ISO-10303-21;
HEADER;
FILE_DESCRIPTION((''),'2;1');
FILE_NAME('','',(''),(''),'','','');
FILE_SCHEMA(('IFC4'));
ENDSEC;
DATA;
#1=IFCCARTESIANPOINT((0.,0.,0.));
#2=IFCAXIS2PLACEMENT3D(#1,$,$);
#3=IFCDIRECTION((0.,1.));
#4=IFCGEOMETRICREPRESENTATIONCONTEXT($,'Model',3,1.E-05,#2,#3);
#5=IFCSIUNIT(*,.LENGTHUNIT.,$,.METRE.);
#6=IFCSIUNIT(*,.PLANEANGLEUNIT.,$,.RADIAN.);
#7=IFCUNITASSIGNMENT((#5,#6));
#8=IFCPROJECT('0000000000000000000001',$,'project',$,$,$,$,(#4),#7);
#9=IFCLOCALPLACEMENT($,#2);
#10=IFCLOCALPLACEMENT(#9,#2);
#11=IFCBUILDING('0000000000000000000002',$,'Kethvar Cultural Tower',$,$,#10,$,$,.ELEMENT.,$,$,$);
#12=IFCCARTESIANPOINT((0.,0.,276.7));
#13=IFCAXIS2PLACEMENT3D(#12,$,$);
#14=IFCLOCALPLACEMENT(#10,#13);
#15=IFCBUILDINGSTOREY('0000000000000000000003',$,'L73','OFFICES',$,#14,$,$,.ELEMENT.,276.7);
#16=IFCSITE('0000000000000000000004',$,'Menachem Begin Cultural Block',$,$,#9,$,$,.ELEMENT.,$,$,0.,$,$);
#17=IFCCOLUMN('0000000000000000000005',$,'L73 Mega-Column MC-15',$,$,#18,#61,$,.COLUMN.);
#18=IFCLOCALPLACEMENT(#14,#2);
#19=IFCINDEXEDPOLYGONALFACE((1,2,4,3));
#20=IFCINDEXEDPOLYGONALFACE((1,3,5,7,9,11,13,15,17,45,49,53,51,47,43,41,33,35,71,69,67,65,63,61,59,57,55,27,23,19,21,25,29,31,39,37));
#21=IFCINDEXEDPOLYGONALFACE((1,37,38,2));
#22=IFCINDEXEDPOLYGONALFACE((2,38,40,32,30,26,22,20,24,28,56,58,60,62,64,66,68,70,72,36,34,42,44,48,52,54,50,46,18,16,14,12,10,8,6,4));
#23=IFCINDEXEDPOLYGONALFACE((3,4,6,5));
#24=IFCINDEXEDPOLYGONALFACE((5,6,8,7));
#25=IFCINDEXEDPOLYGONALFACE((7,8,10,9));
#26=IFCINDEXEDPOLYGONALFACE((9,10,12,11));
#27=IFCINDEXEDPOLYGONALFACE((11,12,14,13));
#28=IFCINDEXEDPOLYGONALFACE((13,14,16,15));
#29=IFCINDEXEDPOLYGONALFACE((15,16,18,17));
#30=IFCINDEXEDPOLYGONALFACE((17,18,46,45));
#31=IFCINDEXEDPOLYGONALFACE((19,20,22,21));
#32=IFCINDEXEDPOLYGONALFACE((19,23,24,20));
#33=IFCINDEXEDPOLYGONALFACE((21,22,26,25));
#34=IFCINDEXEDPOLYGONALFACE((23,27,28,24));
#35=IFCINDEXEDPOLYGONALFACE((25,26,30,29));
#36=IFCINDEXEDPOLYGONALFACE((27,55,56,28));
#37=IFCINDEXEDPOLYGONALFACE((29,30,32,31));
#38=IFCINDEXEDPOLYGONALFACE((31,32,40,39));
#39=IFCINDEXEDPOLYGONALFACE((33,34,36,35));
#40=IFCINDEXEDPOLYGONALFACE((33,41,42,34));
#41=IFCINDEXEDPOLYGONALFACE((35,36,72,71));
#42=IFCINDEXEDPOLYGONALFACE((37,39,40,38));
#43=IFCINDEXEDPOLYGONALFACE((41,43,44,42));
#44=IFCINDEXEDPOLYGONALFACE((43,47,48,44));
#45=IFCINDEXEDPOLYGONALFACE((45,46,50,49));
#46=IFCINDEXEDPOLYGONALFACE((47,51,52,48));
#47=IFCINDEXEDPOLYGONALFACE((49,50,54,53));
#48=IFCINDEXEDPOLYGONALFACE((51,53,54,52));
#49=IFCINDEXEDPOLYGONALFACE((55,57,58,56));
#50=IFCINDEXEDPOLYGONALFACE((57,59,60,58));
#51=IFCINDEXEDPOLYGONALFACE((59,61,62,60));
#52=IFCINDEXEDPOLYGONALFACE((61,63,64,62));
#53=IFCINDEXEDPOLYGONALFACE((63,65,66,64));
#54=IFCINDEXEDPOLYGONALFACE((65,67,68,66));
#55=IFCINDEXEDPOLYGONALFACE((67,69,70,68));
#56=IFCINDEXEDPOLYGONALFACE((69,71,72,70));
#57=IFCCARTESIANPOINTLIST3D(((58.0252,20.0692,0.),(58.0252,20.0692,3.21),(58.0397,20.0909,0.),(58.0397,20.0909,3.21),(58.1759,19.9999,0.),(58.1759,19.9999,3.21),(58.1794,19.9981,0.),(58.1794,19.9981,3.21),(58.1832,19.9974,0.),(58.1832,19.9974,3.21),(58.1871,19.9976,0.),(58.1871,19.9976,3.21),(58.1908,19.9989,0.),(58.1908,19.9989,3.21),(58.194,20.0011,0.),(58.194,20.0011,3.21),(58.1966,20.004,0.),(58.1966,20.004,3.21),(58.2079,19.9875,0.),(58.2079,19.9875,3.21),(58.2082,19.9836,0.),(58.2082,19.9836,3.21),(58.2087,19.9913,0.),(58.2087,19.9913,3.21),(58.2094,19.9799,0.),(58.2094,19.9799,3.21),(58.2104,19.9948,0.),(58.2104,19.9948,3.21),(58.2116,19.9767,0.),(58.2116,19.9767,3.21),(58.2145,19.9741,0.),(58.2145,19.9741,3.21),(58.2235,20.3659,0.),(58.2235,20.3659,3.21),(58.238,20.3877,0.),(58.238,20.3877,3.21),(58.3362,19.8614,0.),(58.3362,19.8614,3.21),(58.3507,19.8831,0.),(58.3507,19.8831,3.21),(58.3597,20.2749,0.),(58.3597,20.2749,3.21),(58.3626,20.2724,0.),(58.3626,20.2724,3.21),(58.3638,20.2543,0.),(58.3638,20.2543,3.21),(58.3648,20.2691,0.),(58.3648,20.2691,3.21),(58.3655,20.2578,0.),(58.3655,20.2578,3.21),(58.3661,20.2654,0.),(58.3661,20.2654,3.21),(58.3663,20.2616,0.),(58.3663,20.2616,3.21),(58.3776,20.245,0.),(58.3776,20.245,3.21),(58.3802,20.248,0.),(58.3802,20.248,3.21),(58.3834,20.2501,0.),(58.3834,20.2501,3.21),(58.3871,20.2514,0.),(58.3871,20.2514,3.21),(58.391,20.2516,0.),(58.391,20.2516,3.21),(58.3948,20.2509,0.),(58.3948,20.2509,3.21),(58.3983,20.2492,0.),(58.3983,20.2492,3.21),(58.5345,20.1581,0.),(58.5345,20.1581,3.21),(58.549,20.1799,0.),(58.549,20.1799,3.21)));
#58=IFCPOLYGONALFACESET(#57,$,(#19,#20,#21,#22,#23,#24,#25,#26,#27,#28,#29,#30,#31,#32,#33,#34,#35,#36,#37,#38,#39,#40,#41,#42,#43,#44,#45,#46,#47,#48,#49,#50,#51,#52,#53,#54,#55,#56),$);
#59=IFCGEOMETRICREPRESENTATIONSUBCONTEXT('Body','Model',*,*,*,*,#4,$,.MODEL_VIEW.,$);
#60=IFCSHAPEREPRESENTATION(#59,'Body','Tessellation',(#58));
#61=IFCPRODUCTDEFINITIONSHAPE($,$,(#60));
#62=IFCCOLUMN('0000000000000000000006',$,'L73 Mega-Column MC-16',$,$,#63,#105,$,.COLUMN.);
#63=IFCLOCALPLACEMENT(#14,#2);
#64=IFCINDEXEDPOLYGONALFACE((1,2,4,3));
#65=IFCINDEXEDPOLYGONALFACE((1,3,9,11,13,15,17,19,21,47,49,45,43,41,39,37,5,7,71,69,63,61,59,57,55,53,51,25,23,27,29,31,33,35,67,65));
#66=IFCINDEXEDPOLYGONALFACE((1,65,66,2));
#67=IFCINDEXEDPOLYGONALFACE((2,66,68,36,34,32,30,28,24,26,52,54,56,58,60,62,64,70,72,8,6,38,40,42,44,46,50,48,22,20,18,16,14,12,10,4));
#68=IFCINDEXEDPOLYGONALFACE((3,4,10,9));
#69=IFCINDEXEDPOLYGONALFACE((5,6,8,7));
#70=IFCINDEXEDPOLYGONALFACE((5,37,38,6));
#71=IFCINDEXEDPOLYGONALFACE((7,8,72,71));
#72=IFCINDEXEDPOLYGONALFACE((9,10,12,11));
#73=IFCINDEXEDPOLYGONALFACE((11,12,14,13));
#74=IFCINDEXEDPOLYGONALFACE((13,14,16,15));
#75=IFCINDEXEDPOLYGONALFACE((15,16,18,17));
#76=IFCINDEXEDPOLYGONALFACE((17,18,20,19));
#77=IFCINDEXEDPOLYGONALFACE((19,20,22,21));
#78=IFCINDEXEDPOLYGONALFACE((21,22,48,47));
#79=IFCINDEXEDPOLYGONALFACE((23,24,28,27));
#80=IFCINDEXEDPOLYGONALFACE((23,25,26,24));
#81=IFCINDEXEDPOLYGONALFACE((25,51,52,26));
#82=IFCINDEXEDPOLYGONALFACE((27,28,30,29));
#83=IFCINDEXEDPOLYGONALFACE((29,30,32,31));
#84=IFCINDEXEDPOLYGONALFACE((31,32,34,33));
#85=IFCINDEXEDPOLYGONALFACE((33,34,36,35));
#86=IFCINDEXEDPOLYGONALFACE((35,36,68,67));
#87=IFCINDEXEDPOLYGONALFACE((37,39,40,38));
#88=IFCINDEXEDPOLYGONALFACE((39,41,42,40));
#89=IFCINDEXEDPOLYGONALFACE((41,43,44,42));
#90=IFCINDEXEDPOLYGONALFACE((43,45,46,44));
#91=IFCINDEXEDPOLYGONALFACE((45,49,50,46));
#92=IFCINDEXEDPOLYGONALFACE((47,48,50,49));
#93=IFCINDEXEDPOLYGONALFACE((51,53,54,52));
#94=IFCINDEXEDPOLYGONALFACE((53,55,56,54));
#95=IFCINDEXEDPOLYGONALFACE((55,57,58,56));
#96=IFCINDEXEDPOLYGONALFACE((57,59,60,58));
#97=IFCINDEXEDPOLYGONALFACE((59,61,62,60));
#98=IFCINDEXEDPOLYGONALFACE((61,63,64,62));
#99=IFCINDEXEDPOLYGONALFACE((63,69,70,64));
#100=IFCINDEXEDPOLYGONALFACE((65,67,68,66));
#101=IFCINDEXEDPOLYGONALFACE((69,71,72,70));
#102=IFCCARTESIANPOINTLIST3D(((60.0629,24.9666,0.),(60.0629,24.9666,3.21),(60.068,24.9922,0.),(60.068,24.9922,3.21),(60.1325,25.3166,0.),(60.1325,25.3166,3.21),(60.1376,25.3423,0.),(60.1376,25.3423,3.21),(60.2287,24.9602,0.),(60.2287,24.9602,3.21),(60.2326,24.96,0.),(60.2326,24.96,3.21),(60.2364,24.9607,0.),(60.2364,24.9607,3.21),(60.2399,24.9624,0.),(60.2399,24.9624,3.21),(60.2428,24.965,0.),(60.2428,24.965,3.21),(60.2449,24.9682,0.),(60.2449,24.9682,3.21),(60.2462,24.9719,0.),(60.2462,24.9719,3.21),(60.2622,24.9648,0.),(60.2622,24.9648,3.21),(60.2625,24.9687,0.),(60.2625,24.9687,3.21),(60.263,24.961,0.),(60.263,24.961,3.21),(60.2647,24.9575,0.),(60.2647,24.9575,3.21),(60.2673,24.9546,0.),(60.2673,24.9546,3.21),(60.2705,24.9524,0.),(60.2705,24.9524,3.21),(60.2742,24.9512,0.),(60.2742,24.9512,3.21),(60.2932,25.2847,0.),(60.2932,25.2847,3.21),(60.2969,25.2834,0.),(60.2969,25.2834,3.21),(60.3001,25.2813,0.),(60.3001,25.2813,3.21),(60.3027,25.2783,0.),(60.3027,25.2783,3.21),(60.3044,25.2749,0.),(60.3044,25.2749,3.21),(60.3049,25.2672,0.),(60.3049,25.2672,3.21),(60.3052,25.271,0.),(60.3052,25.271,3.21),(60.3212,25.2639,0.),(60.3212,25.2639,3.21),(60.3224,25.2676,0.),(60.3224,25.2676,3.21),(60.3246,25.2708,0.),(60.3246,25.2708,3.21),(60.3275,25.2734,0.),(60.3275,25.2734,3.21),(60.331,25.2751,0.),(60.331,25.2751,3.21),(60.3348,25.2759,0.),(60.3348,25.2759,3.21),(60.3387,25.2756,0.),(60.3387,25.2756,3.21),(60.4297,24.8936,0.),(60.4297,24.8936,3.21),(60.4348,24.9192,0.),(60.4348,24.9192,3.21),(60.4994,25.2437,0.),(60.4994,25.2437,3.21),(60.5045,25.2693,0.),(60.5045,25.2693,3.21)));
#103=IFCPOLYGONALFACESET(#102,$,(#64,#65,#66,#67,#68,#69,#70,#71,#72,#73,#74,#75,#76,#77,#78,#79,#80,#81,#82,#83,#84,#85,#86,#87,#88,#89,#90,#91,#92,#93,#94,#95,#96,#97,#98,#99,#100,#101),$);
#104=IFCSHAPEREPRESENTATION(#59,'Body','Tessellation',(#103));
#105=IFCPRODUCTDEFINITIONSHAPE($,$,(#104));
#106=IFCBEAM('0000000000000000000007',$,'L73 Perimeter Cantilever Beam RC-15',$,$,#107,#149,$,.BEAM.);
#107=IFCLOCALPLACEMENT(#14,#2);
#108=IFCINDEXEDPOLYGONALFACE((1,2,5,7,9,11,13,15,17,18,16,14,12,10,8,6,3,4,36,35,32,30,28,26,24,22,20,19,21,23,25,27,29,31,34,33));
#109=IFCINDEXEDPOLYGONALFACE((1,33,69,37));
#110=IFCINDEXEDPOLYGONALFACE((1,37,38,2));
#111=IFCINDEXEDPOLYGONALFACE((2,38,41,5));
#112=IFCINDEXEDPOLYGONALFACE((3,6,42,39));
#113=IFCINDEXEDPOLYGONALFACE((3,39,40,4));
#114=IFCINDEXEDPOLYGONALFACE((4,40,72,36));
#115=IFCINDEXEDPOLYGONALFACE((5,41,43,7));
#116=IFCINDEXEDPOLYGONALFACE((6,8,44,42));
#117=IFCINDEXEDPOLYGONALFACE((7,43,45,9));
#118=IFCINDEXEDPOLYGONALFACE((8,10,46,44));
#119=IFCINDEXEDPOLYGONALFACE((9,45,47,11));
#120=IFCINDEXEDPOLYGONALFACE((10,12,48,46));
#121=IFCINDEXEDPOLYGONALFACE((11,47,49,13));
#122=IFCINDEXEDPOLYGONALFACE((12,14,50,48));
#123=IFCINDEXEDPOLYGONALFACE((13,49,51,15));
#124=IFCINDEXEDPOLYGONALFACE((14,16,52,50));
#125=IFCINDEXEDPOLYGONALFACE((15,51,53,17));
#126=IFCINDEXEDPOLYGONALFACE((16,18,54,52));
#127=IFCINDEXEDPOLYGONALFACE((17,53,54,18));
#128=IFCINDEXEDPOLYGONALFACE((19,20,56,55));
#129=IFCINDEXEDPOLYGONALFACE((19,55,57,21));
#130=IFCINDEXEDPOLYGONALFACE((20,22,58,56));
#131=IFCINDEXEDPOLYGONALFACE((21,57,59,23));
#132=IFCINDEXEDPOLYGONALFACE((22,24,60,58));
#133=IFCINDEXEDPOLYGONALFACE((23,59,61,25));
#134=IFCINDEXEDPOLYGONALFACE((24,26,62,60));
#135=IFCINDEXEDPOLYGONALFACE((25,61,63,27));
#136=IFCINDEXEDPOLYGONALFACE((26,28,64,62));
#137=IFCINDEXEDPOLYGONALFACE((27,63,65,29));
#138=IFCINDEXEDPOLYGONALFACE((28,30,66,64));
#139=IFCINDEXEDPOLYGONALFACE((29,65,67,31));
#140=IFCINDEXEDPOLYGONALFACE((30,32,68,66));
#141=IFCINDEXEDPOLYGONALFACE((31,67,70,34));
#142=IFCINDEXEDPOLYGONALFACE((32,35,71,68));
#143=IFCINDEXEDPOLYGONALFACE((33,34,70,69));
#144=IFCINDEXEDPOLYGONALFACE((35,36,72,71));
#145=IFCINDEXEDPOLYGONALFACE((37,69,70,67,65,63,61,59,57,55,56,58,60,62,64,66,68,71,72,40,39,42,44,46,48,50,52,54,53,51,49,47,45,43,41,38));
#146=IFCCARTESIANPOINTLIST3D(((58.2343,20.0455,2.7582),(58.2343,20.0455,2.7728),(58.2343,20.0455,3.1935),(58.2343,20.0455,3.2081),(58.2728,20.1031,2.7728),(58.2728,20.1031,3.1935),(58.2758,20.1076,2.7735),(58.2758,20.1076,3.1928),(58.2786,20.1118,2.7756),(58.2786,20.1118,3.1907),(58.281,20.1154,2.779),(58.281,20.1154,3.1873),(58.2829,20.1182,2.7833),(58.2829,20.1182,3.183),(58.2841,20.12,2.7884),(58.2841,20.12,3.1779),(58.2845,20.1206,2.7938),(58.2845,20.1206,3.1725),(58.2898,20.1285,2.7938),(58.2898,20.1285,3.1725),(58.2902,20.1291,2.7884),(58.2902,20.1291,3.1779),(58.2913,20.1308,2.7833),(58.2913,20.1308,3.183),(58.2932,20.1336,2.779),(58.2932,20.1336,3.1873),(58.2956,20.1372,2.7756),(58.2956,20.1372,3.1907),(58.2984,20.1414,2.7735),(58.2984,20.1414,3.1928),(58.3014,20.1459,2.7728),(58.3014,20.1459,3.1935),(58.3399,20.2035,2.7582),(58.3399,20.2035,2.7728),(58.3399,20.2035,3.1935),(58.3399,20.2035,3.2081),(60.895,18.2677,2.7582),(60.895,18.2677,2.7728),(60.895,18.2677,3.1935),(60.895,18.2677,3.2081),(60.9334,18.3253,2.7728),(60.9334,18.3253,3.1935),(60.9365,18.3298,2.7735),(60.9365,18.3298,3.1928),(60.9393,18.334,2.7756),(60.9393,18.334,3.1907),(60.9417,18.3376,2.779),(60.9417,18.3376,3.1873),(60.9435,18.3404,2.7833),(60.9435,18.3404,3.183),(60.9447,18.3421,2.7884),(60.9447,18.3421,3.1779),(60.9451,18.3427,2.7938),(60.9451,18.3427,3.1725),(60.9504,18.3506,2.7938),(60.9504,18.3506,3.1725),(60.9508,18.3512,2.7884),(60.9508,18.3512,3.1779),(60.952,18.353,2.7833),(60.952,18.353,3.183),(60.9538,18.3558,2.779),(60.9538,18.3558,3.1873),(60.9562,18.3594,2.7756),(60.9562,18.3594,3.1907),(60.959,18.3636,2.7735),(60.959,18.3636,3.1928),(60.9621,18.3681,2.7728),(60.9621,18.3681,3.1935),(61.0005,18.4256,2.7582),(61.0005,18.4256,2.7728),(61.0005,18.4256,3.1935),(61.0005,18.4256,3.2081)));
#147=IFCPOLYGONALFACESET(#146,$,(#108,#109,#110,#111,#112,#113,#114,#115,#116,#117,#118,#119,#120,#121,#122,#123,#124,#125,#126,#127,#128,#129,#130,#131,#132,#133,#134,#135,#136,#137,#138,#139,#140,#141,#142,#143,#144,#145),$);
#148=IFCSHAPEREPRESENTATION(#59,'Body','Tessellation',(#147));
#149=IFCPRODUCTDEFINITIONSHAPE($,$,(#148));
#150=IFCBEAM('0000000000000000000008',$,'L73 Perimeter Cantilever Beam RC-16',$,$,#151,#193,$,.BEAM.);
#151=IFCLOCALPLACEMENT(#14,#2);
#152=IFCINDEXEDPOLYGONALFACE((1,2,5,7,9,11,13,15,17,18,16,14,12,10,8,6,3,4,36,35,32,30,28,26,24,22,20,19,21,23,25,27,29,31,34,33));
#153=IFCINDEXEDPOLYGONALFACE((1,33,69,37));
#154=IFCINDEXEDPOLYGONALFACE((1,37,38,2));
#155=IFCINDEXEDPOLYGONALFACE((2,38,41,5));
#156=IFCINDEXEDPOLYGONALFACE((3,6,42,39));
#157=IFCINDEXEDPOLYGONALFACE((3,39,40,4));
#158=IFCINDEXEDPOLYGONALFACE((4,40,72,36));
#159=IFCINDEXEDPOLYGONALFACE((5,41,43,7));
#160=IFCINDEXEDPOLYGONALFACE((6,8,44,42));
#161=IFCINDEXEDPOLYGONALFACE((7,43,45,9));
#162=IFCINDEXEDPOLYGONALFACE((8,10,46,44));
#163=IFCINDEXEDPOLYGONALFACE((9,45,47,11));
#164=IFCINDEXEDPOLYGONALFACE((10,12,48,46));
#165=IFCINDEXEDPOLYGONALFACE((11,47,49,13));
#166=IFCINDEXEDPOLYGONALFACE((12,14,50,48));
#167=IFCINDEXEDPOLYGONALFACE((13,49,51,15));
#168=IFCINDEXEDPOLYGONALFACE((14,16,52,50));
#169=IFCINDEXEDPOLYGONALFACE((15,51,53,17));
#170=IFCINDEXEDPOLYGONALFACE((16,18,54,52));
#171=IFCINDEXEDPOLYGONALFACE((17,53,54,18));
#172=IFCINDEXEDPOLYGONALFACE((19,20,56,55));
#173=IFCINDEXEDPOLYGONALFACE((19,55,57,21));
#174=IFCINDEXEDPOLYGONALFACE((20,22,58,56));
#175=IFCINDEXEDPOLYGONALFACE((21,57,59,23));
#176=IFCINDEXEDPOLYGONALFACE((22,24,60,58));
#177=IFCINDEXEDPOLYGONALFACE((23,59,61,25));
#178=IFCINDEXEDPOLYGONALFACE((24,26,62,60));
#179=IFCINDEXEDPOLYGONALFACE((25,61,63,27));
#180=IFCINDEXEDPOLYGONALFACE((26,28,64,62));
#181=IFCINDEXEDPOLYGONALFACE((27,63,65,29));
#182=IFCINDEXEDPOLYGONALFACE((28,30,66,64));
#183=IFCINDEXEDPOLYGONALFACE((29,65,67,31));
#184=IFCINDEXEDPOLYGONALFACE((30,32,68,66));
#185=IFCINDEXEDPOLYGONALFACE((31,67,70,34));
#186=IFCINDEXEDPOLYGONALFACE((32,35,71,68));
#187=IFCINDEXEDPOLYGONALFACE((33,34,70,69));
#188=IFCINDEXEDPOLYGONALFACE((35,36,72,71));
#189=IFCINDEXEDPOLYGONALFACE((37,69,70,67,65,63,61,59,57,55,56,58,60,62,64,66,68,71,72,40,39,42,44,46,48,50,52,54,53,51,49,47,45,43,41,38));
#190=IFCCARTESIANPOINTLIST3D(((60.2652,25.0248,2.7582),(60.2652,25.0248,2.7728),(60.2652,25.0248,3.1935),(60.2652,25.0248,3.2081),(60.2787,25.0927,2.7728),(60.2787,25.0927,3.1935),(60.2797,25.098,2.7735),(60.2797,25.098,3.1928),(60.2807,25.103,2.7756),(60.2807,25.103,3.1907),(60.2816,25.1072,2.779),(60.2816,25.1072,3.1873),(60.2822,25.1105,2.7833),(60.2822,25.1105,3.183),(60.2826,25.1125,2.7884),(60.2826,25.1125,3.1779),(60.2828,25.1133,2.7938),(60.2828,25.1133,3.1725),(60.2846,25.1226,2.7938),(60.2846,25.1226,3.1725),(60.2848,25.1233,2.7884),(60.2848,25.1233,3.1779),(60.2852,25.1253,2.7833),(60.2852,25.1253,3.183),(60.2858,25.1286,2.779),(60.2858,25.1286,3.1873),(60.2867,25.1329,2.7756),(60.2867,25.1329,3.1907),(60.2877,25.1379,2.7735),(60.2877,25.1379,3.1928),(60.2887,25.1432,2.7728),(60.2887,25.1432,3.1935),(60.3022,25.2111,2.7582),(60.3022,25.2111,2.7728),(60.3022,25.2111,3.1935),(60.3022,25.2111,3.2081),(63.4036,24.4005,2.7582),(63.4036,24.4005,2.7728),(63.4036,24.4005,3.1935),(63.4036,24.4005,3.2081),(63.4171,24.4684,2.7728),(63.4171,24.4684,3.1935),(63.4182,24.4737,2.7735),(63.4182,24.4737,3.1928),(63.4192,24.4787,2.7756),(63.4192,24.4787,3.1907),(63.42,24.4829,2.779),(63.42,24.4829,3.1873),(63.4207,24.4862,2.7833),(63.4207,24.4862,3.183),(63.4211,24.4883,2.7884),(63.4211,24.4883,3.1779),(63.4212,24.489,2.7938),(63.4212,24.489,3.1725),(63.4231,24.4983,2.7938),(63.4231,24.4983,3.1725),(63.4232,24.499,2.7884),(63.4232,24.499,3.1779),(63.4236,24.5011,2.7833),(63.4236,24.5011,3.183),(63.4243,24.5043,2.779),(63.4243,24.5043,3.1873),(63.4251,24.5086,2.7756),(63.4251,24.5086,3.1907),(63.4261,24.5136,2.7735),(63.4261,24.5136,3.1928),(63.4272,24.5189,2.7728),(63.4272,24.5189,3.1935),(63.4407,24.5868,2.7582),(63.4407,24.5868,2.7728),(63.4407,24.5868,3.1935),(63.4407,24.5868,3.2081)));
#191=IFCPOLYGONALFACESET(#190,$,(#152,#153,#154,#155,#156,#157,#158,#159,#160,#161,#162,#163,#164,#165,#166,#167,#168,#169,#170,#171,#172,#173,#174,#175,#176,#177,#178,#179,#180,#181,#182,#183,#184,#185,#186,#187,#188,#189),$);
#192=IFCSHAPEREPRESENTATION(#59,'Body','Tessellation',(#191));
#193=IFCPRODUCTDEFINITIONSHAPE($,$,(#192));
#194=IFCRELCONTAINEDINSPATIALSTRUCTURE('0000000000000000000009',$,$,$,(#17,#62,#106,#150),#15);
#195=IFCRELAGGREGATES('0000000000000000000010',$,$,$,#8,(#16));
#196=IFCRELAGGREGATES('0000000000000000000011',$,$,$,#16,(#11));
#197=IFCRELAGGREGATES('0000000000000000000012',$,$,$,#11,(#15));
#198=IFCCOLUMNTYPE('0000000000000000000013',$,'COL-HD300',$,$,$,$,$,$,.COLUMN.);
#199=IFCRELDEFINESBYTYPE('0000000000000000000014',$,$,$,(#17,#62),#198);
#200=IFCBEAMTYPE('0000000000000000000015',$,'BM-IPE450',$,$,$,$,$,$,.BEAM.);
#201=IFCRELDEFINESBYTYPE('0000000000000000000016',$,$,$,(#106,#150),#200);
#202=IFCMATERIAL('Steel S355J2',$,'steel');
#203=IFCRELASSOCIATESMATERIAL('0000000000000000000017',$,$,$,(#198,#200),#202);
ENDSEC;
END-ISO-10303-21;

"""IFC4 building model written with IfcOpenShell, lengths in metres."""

from ifc_helpers import new_model, si_unit, direction, frame, origin, origin_2d, place, context, subcontext, project, spatial, i_section, extrude, source, transform, mapped, material, material_profile, profile_set, type_object, element, save


model = new_model("IFC4")

# Units and contexts
model_context = context("Model", 3, precision=1e-05, world=origin(), true_north=direction((0.0, 1.0)))
body_context = subcontext(model_context, "Body", "Model", "MODEL_VIEW")
ifc_project = project(units=[si_unit("LENGTHUNIT", "METRE"), si_unit("PLANEANGLEUNIT", "RADIAN")], contexts=[model_context])

# Site, building, storey
site_placement = place(None, origin())
site = spatial("IfcSite", under=ifc_project, at=site_placement, Name="Menachem Begin Cultural Block", CompositionType="ELEMENT", RefElevation=0.0)
building_placement = place(site_placement, origin())
building = spatial("IfcBuilding", under=site, at=building_placement, Name="Kethvar Cultural Tower", CompositionType="ELEMENT")
storey_placement = place(building_placement, frame((0.0, 0.0, 276.7)))
storey = spatial("IfcBuildingStorey", under=building, at=storey_placement, Name="L73", Description="OFFICES", CompositionType="ELEMENT", Elevation=276.7)

# Columns
ifc_material_1 = material(Name="Steel S355J2", Category="steel")
ifc_material_profile_1 = material_profile(ifc_material_1, i_section(OverallWidth=0.374, OverallDepth=0.3831, WebThickness=0.0166, FlangeThickness=0.0261, FilletRadius=0.0149, at=origin_2d()), Name="Steel S355J2 — HD360x300")
ifc_profile_set_1 = profile_set([ifc_material_profile_1], Name="Steel S355J2 — HD360x300")
column_type = type_object("IfcColumnType", Name="COL-HD300", PredefinedType="COLUMN", material=ifc_profile_set_1)
shared_shape_1 = source(origin(), body_context, "Body", "SweptSolid", [
    extrude(i_section(OverallWidth=0.374, OverallDepth=0.3831, WebThickness=0.0166, FlangeThickness=0.0261, FilletRadius=0.0149, at=origin_2d()), origin(), (0.0, 0.0, 1.0), 3.21),
])
for number, where, z_axis, x_axis, name in (
    (1, (58.2871, 20.1245, 0.0), (0.0, 0.0, 1.0), (0.83147, -0.55557, 0.0), "L73 Mega-Column MC-15"),
    (2, (60.2837, 25.1179, 0.0), (0.0, 0.0, 1.0), (0.980785, -0.19509, 0.0), "L73 Mega-Column MC-16"),
):
    element("IfcColumn", number, at=place(storey_placement, frame(where, z_axis=z_axis, x_axis=x_axis)), inside=storey, type_object=column_type, Name=name, PredefinedType="COLUMN", context=body_context, shape_type="MappedRepresentation", body=[
        mapped(shared_shape_1, transform((0.0, 0.0, 0.0), scale=1.0)),
    ])

# Beams
ifc_material_profile_2 = material_profile(ifc_material_1, i_section(OverallWidth=0.1899, OverallDepth=0.45, WebThickness=0.0095, FlangeThickness=0.0146, FilletRadius=0.021, at=origin_2d()), Name="Steel S355J2 — IPE450")
ifc_profile_set_2 = profile_set([ifc_material_profile_2], Name="Steel S355J2 — IPE450")
beam_type_1 = type_object("IfcBeamType", Name="BM-IPE450", PredefinedType="BEAM", material=ifc_profile_set_2)
shared_shape_2 = source(origin(), body_context, "Body", "SweptSolid", [
    extrude(i_section(OverallWidth=0.1899, OverallDepth=0.45, WebThickness=0.0095, FlangeThickness=0.0146, FilletRadius=0.021, at=origin_2d()), origin(), (0.0, 0.0, 1.0), 3.2),
])
for number, where, z_axis, x_axis, name in (
    (3, (58.2871, 20.1245, 2.9832), (0.831463, -0.55558, 0.0), (0.55558, 0.831463, 0.0), "L73 Perimeter Cantilever Beam RC-15"),
    (4, (60.2837, 25.1179, 2.9832), (0.980786, -0.195089, 0.0), (0.195089, 0.980786, 0.0), "L73 Perimeter Cantilever Beam RC-16"),
):
    element("IfcBeam", number, at=place(storey_placement, frame(where, z_axis=z_axis, x_axis=x_axis)), inside=storey, type_object=beam_type_1, Name=name, PredefinedType="BEAM", context=body_context, shape_type="MappedRepresentation", body=[
        mapped(shared_shape_2, transform((0.0, 0.0, 0.0), scale=1.0)),
    ])

save(model, "model.ifc")
